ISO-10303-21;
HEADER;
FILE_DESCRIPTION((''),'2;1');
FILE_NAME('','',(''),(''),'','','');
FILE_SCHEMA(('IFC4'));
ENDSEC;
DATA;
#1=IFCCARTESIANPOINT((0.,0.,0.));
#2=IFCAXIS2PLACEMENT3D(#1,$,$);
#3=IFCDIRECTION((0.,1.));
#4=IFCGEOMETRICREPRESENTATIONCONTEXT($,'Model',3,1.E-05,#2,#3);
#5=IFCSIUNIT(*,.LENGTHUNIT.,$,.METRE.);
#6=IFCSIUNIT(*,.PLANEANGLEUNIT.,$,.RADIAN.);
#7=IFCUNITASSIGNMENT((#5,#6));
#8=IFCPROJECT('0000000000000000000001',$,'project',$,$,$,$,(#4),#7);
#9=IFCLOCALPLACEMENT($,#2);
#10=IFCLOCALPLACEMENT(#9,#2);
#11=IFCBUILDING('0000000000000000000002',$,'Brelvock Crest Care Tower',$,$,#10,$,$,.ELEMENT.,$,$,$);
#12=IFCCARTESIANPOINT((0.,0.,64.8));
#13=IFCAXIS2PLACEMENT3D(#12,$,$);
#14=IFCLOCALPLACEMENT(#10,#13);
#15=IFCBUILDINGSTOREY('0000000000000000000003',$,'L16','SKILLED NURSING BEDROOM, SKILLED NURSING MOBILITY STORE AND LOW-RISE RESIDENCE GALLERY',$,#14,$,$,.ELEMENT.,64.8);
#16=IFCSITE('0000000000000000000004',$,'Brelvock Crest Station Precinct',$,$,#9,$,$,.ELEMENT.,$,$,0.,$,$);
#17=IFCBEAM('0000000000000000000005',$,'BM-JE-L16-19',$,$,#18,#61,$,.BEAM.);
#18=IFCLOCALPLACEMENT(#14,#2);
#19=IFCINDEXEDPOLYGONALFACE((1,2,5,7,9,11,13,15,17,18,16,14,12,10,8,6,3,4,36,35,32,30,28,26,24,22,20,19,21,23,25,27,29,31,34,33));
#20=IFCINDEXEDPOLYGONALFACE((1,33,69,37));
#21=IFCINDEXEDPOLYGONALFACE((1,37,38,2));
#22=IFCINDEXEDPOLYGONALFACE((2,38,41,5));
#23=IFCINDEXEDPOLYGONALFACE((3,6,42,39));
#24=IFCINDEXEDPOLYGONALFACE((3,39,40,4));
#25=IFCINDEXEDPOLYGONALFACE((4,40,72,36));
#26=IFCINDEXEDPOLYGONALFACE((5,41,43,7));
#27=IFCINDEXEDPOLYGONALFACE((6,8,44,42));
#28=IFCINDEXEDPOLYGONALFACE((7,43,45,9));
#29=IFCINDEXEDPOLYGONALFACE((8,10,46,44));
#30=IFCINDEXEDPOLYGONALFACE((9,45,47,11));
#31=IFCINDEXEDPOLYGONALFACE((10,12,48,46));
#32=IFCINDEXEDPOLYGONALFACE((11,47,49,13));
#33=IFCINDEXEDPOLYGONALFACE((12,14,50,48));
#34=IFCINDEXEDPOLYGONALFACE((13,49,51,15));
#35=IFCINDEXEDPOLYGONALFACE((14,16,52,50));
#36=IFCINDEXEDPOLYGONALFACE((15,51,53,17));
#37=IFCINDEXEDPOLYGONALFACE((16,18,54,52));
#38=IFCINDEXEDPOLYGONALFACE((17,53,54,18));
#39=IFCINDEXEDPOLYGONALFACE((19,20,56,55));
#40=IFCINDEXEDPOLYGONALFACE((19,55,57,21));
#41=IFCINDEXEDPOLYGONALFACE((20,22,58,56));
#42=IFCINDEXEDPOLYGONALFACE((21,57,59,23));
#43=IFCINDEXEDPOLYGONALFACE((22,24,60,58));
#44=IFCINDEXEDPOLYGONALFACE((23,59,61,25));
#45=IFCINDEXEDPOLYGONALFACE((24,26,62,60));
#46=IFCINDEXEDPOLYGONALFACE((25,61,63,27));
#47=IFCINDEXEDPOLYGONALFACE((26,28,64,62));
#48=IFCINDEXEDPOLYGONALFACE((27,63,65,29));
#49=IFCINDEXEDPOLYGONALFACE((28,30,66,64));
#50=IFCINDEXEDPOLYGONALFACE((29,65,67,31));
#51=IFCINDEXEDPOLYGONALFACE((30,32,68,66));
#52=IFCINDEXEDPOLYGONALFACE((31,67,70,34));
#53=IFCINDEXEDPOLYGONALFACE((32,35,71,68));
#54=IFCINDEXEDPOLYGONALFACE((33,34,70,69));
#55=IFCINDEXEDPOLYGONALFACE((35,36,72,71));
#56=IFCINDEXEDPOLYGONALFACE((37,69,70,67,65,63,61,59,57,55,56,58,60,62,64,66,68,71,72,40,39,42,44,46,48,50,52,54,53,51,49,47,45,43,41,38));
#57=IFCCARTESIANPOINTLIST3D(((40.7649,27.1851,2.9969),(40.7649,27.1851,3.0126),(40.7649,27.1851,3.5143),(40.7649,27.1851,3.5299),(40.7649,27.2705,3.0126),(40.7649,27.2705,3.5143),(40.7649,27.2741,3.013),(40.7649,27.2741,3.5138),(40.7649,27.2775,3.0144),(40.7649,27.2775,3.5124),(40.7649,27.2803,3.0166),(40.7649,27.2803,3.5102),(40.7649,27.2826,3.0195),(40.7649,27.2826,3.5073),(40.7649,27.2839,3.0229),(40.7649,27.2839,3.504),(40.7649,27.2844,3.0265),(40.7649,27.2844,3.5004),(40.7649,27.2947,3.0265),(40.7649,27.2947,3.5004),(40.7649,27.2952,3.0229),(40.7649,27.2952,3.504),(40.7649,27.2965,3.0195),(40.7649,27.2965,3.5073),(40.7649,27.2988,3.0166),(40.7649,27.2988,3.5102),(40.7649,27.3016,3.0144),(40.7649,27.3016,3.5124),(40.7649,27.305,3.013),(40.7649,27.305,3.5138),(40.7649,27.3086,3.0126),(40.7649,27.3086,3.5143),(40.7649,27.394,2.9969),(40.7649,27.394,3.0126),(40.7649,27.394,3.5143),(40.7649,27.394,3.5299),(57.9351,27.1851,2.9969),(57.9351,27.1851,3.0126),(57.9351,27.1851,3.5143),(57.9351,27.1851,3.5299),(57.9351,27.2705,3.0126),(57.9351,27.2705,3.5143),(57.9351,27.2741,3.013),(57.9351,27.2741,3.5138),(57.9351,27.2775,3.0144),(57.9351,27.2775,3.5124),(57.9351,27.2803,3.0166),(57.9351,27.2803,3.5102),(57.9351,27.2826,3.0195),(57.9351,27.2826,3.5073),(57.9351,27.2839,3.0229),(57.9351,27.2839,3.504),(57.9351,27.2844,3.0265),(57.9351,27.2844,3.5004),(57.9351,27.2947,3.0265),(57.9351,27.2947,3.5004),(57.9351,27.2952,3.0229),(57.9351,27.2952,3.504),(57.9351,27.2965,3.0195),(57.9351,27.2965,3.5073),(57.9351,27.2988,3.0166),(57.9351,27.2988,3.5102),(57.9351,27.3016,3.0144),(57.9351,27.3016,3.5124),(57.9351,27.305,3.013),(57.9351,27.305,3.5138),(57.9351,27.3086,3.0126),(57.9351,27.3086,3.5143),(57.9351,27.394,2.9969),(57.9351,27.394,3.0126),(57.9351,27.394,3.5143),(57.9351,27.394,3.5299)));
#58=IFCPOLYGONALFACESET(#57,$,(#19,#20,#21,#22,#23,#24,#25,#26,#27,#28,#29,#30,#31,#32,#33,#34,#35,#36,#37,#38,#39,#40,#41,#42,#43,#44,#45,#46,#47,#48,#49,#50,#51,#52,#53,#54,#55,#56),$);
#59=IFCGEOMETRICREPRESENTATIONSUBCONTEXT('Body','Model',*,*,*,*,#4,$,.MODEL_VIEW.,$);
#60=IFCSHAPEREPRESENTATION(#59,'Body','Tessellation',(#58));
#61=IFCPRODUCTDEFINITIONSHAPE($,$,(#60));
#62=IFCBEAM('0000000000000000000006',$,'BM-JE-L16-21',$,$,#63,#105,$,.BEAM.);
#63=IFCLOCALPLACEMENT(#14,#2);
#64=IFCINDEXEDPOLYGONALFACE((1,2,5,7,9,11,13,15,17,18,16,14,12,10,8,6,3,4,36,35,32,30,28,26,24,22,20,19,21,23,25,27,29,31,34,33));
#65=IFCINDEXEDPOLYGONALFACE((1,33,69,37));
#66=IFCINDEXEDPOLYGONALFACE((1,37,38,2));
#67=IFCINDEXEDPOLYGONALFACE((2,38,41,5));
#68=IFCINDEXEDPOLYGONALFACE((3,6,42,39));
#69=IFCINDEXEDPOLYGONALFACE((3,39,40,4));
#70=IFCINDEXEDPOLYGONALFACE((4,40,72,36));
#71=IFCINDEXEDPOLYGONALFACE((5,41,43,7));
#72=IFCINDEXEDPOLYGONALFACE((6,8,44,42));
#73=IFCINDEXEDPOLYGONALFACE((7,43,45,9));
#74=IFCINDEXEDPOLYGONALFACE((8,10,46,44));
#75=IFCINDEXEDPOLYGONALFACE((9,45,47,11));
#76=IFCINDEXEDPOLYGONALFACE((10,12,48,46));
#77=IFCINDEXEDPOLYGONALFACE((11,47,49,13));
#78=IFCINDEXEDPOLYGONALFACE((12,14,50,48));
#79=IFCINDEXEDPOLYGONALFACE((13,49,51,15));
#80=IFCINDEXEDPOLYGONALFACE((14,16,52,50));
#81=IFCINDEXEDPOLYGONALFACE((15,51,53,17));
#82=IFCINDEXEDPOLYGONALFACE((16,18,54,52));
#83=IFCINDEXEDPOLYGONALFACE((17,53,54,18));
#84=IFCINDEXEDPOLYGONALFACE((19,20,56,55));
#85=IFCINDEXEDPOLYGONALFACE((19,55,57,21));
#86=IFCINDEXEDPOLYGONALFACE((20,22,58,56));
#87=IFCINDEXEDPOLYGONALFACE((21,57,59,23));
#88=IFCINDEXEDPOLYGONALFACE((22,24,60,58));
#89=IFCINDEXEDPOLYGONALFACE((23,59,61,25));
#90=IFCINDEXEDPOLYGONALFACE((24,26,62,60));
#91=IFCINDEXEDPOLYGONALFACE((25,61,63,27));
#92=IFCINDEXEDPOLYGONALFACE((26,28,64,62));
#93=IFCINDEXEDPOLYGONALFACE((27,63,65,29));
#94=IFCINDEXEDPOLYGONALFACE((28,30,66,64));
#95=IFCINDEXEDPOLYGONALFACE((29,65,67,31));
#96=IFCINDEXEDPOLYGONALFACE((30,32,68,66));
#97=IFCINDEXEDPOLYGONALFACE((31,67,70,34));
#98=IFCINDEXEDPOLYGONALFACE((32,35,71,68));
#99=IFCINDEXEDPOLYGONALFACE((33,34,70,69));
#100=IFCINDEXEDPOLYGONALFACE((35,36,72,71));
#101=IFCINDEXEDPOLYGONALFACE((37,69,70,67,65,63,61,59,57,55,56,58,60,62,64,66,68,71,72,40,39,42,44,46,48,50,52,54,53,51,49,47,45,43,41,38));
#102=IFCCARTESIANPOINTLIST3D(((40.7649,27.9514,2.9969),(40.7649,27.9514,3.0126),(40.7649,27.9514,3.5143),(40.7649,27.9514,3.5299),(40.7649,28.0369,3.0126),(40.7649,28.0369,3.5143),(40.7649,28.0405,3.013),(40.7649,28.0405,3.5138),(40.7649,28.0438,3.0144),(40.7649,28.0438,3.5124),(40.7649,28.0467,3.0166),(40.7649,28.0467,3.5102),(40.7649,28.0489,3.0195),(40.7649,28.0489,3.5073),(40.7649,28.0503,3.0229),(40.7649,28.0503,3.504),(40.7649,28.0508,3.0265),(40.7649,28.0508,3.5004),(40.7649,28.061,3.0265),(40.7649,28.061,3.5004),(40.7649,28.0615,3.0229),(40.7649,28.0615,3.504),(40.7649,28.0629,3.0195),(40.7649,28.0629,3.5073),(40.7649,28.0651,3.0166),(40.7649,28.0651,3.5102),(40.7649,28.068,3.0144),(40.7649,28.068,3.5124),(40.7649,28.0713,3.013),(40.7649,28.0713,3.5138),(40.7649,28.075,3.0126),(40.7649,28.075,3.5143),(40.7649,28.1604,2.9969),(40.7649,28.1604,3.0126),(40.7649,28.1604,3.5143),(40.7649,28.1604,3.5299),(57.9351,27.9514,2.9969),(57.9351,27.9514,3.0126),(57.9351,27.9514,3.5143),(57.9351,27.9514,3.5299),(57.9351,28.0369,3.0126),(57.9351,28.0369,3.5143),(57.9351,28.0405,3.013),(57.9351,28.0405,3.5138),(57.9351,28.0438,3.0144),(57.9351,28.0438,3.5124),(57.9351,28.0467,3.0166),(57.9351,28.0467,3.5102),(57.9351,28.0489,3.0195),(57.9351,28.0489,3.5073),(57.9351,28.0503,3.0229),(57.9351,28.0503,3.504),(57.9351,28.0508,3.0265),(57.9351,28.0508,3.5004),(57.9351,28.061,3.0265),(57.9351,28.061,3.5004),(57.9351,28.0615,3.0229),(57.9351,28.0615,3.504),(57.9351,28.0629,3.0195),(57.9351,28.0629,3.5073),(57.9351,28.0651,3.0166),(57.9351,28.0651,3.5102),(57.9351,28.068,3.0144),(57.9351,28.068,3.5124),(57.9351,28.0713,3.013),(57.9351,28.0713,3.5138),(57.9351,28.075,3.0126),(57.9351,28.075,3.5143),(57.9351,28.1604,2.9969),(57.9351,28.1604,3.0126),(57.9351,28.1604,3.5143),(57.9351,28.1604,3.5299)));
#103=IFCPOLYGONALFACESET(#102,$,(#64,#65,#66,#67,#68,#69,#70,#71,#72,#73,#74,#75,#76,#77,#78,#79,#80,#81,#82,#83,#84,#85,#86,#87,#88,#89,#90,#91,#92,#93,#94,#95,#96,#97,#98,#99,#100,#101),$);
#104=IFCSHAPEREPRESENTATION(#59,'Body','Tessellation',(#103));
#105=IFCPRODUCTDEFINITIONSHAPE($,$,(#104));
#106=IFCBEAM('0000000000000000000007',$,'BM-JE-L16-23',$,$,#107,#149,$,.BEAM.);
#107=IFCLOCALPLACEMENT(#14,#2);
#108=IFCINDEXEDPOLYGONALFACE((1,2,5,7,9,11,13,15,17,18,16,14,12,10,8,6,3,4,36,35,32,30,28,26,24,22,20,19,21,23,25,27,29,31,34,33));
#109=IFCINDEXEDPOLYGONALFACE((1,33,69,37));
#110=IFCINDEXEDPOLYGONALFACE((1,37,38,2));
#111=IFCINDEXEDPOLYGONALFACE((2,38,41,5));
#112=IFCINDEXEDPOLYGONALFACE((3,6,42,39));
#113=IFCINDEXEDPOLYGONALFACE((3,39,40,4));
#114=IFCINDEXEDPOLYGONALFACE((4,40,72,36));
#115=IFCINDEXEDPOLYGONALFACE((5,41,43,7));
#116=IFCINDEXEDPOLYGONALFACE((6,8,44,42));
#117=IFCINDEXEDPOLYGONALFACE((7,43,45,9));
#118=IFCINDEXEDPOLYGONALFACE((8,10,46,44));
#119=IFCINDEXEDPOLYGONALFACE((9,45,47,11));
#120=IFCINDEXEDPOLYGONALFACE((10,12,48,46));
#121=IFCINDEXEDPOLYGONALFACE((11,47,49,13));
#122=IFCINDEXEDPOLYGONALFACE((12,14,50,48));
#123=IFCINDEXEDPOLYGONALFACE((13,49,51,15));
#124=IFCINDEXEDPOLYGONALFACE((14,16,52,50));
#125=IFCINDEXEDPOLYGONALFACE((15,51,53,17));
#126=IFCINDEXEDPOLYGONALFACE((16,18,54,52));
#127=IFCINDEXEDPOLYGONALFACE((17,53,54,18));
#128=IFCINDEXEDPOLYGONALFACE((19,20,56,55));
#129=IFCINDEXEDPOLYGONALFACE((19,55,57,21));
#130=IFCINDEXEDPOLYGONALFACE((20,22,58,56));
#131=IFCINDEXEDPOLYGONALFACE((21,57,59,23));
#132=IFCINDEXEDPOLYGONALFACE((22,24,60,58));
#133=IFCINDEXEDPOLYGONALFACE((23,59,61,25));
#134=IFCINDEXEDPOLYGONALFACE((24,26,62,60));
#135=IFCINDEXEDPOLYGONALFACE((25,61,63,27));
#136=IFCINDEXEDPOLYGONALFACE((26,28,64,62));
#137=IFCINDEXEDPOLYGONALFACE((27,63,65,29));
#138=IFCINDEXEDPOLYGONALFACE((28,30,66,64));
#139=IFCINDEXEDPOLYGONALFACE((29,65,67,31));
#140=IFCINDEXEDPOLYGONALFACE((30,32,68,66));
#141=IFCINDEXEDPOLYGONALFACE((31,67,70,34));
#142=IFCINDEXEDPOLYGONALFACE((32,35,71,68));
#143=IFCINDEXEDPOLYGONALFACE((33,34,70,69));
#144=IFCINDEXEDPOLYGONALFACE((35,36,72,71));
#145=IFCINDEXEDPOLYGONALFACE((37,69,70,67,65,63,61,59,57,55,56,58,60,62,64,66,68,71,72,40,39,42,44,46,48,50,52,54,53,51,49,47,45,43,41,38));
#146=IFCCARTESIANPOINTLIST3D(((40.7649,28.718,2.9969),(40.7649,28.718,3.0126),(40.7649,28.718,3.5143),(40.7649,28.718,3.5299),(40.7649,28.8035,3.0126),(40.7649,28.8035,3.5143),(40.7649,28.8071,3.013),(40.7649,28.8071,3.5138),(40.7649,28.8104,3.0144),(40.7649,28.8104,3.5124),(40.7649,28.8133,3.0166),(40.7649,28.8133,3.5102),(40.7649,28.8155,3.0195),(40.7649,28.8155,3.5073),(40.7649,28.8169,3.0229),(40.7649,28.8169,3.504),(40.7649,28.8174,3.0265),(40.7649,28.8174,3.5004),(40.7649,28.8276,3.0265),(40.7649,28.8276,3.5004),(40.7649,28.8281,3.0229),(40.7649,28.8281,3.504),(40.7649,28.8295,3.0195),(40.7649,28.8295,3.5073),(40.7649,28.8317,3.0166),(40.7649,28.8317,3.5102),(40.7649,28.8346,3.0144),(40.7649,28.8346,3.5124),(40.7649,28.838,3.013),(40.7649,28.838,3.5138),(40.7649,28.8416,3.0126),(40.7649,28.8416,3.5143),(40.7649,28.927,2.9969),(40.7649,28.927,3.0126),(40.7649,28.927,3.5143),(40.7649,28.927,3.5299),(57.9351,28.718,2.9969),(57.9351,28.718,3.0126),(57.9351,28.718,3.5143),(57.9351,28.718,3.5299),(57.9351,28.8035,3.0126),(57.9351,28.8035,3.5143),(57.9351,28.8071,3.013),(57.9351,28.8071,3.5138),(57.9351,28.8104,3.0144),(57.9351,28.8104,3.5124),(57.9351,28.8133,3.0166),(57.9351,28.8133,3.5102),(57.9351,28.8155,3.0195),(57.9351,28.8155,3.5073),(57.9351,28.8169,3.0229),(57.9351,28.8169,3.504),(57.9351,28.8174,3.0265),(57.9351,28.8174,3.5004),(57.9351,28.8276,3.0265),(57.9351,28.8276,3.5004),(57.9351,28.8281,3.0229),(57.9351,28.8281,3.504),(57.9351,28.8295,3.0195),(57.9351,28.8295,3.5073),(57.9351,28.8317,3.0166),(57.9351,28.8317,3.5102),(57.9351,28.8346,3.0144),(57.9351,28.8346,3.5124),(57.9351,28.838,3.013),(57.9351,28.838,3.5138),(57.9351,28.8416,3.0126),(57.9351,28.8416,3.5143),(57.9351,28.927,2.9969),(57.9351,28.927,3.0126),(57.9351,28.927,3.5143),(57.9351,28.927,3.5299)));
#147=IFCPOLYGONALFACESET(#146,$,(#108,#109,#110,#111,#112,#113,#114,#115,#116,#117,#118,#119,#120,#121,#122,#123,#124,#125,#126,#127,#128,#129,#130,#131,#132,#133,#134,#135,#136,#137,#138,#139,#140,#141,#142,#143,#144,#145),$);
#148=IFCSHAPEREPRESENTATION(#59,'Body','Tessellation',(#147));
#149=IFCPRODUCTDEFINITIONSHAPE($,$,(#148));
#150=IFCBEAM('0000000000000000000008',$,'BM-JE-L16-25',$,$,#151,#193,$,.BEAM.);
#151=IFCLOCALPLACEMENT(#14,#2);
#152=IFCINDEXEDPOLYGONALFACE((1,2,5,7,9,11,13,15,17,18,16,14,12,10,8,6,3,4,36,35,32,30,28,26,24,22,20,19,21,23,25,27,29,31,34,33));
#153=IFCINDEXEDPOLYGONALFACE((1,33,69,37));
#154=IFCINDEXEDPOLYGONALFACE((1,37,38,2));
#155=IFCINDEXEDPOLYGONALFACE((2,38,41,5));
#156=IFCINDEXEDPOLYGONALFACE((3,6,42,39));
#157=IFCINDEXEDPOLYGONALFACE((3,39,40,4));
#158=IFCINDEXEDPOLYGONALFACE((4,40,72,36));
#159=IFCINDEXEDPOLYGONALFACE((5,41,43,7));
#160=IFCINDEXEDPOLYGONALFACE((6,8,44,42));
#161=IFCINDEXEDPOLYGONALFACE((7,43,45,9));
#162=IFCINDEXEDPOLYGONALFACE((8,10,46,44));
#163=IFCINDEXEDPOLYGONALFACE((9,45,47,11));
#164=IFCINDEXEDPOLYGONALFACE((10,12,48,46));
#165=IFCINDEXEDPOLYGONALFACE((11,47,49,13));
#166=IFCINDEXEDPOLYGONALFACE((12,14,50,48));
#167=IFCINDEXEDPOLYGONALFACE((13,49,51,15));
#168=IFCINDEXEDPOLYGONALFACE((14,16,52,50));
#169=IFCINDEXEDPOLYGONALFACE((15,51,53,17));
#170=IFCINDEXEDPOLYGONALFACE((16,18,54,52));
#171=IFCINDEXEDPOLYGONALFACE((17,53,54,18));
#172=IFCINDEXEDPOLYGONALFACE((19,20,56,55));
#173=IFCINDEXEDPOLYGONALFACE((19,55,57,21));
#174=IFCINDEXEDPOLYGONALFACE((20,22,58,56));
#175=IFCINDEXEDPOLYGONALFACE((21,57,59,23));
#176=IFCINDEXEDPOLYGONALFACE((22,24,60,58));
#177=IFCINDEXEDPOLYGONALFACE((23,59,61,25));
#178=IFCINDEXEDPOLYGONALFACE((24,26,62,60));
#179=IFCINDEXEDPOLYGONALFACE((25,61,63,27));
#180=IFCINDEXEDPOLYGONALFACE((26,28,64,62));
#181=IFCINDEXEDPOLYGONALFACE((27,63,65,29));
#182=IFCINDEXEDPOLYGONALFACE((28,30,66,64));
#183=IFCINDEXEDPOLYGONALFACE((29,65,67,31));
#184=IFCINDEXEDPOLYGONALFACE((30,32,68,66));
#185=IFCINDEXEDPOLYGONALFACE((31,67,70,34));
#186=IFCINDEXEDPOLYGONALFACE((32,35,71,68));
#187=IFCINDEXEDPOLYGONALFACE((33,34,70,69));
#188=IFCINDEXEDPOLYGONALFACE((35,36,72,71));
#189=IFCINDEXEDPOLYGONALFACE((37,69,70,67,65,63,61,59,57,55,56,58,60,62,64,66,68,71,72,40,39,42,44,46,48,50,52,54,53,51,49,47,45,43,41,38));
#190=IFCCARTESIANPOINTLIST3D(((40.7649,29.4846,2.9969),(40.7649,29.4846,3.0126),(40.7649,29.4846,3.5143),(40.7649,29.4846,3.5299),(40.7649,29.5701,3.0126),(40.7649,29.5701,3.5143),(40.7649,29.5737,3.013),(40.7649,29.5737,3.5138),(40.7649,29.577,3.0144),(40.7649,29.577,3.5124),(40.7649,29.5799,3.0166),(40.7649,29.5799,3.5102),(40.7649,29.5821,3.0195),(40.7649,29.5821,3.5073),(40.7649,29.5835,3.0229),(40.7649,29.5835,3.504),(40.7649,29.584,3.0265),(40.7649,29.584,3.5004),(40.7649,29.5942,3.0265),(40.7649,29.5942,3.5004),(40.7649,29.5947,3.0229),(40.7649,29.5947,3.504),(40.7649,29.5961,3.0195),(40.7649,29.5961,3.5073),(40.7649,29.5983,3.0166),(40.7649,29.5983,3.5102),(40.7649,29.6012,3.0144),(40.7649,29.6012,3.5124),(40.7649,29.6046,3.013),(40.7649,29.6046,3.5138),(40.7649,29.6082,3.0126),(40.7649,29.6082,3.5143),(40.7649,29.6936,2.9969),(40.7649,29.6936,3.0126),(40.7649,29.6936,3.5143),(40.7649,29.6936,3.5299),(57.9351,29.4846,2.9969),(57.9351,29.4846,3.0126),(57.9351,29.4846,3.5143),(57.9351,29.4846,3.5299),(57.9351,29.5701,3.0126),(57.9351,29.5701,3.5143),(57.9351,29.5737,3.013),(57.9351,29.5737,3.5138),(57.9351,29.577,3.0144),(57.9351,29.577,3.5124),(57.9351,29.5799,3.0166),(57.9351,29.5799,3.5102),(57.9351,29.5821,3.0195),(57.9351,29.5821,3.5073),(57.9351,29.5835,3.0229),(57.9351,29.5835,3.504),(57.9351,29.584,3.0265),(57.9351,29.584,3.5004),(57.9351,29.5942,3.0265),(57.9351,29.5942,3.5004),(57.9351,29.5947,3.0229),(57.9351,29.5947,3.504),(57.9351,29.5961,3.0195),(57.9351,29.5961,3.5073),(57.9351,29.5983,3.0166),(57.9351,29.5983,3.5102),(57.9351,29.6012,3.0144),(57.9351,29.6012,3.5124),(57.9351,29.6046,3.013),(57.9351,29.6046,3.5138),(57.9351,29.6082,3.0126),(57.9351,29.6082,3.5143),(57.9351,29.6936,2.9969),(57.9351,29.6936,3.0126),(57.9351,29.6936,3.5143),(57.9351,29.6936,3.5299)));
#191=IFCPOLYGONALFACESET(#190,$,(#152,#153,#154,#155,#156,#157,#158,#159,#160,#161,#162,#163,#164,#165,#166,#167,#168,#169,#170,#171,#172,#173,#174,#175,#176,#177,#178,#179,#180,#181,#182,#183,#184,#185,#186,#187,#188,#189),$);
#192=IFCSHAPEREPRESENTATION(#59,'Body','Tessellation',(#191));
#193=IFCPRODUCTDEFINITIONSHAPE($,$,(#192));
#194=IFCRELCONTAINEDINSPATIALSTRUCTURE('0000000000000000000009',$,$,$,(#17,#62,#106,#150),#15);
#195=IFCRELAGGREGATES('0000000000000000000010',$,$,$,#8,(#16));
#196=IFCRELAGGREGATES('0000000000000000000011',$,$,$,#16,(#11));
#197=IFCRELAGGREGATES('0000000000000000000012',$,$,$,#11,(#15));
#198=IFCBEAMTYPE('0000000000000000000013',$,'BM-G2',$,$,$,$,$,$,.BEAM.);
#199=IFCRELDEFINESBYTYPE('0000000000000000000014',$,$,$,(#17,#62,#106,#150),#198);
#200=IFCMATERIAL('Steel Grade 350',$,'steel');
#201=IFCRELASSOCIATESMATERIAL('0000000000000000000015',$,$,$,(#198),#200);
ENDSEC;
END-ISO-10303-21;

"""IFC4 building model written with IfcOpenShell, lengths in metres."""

from ifc_helpers import new_model, si_unit, direction, frame, origin, origin_2d, place, context, subcontext, project, spatial, i_section, extrude, source, transform, mapped, material, material_profile, profile_set, type_object, element, save


model = new_model("IFC4")

# Units and contexts
model_context = context("Model", 3, precision=1e-05, world=origin(), true_north=direction((0.0, 1.0)))
body_context = subcontext(model_context, "Body", "Model", "MODEL_VIEW")
ifc_project = project(units=[si_unit("LENGTHUNIT", "METRE"), si_unit("PLANEANGLEUNIT", "RADIAN")], contexts=[model_context])

# Site, building, storey
site_placement = place(None, origin())
site = spatial("IfcSite", under=ifc_project, at=site_placement, Name="Brelvock Crest Station Precinct", CompositionType="ELEMENT", RefElevation=0.0)
building_placement = place(site_placement, origin())
building = spatial("IfcBuilding", under=site, at=building_placement, Name="Brelvock Crest Care Tower", CompositionType="ELEMENT")
storey_placement = place(building_placement, frame((0.0, 0.0, 64.8)))
storey = spatial("IfcBuildingStorey", under=building, at=storey_placement, Name="L16", Description="SKILLED NURSING BEDROOM, SKILLED NURSING MOBILITY STORE AND LOW-RISE RESIDENCE GALLERY", CompositionType="ELEMENT", Elevation=64.8)

# Beams
ifc_material_1 = material(Name="Steel Grade 350", Category="steel")
ifc_material_profile_1 = material_profile(ifc_material_1, i_section(OverallWidth=0.209, OverallDepth=0.533, WebThickness=0.0103, FlangeThickness=0.0156, FilletRadius=0.0139, at=origin_2d()), Name="530UB92.4")
ifc_profile_set_1 = profile_set([ifc_material_profile_1], Name="Steel Grade 350")
beam_type_1 = type_object("IfcBeamType", Name="BM-G2", PredefinedType="BEAM", material=ifc_profile_set_1)
shared_shape_1 = source(origin(), body_context, "Body", "SweptSolid", [
    extrude(i_section(OverallWidth=0.209, OverallDepth=0.533, WebThickness=0.0103, FlangeThickness=0.0156, FilletRadius=0.0139, at=origin_2d()), origin(), (0.0, 0.0, 1.0), 17.1702),
])
for number, where, z_axis, x_axis, name in (
    (1, (40.7649, 27.2896, 3.2634), (1.0, 0.0, 0.0), (0.0, 1.0, 0.0), "BM-JE-L16-19"),
    (2, (40.7649, 28.0559, 3.2634), (1.0, 0.0, 0.0), (0.0, 1.0, 0.0), "BM-JE-L16-21"),
    (3, (40.7649, 28.8225, 3.2634), (1.0, 0.0, 0.0), (0.0, 1.0, 0.0), "BM-JE-L16-23"),
    (4, (40.7649, 29.5891, 3.2634), (1.0, 0.0, 0.0), (0.0, 1.0, 0.0), "BM-JE-L16-25"),
):
    element("IfcBeam", number, at=place(storey_placement, frame(where, z_axis=z_axis, x_axis=x_axis)), inside=storey, type_object=beam_type_1, Name=name, PredefinedType="BEAM", context=body_context, shape_type="MappedRepresentation", body=[
        mapped(shared_shape_1, transform((0.0, 0.0, 0.0), x_axis=(1.0, 0.0, 0.0), y_axis=(0.0, 1.0, 0.0), z_axis=(0.0, 0.0, 1.0), scale=1.0)),
    ])

save(model, "model.ifc")
